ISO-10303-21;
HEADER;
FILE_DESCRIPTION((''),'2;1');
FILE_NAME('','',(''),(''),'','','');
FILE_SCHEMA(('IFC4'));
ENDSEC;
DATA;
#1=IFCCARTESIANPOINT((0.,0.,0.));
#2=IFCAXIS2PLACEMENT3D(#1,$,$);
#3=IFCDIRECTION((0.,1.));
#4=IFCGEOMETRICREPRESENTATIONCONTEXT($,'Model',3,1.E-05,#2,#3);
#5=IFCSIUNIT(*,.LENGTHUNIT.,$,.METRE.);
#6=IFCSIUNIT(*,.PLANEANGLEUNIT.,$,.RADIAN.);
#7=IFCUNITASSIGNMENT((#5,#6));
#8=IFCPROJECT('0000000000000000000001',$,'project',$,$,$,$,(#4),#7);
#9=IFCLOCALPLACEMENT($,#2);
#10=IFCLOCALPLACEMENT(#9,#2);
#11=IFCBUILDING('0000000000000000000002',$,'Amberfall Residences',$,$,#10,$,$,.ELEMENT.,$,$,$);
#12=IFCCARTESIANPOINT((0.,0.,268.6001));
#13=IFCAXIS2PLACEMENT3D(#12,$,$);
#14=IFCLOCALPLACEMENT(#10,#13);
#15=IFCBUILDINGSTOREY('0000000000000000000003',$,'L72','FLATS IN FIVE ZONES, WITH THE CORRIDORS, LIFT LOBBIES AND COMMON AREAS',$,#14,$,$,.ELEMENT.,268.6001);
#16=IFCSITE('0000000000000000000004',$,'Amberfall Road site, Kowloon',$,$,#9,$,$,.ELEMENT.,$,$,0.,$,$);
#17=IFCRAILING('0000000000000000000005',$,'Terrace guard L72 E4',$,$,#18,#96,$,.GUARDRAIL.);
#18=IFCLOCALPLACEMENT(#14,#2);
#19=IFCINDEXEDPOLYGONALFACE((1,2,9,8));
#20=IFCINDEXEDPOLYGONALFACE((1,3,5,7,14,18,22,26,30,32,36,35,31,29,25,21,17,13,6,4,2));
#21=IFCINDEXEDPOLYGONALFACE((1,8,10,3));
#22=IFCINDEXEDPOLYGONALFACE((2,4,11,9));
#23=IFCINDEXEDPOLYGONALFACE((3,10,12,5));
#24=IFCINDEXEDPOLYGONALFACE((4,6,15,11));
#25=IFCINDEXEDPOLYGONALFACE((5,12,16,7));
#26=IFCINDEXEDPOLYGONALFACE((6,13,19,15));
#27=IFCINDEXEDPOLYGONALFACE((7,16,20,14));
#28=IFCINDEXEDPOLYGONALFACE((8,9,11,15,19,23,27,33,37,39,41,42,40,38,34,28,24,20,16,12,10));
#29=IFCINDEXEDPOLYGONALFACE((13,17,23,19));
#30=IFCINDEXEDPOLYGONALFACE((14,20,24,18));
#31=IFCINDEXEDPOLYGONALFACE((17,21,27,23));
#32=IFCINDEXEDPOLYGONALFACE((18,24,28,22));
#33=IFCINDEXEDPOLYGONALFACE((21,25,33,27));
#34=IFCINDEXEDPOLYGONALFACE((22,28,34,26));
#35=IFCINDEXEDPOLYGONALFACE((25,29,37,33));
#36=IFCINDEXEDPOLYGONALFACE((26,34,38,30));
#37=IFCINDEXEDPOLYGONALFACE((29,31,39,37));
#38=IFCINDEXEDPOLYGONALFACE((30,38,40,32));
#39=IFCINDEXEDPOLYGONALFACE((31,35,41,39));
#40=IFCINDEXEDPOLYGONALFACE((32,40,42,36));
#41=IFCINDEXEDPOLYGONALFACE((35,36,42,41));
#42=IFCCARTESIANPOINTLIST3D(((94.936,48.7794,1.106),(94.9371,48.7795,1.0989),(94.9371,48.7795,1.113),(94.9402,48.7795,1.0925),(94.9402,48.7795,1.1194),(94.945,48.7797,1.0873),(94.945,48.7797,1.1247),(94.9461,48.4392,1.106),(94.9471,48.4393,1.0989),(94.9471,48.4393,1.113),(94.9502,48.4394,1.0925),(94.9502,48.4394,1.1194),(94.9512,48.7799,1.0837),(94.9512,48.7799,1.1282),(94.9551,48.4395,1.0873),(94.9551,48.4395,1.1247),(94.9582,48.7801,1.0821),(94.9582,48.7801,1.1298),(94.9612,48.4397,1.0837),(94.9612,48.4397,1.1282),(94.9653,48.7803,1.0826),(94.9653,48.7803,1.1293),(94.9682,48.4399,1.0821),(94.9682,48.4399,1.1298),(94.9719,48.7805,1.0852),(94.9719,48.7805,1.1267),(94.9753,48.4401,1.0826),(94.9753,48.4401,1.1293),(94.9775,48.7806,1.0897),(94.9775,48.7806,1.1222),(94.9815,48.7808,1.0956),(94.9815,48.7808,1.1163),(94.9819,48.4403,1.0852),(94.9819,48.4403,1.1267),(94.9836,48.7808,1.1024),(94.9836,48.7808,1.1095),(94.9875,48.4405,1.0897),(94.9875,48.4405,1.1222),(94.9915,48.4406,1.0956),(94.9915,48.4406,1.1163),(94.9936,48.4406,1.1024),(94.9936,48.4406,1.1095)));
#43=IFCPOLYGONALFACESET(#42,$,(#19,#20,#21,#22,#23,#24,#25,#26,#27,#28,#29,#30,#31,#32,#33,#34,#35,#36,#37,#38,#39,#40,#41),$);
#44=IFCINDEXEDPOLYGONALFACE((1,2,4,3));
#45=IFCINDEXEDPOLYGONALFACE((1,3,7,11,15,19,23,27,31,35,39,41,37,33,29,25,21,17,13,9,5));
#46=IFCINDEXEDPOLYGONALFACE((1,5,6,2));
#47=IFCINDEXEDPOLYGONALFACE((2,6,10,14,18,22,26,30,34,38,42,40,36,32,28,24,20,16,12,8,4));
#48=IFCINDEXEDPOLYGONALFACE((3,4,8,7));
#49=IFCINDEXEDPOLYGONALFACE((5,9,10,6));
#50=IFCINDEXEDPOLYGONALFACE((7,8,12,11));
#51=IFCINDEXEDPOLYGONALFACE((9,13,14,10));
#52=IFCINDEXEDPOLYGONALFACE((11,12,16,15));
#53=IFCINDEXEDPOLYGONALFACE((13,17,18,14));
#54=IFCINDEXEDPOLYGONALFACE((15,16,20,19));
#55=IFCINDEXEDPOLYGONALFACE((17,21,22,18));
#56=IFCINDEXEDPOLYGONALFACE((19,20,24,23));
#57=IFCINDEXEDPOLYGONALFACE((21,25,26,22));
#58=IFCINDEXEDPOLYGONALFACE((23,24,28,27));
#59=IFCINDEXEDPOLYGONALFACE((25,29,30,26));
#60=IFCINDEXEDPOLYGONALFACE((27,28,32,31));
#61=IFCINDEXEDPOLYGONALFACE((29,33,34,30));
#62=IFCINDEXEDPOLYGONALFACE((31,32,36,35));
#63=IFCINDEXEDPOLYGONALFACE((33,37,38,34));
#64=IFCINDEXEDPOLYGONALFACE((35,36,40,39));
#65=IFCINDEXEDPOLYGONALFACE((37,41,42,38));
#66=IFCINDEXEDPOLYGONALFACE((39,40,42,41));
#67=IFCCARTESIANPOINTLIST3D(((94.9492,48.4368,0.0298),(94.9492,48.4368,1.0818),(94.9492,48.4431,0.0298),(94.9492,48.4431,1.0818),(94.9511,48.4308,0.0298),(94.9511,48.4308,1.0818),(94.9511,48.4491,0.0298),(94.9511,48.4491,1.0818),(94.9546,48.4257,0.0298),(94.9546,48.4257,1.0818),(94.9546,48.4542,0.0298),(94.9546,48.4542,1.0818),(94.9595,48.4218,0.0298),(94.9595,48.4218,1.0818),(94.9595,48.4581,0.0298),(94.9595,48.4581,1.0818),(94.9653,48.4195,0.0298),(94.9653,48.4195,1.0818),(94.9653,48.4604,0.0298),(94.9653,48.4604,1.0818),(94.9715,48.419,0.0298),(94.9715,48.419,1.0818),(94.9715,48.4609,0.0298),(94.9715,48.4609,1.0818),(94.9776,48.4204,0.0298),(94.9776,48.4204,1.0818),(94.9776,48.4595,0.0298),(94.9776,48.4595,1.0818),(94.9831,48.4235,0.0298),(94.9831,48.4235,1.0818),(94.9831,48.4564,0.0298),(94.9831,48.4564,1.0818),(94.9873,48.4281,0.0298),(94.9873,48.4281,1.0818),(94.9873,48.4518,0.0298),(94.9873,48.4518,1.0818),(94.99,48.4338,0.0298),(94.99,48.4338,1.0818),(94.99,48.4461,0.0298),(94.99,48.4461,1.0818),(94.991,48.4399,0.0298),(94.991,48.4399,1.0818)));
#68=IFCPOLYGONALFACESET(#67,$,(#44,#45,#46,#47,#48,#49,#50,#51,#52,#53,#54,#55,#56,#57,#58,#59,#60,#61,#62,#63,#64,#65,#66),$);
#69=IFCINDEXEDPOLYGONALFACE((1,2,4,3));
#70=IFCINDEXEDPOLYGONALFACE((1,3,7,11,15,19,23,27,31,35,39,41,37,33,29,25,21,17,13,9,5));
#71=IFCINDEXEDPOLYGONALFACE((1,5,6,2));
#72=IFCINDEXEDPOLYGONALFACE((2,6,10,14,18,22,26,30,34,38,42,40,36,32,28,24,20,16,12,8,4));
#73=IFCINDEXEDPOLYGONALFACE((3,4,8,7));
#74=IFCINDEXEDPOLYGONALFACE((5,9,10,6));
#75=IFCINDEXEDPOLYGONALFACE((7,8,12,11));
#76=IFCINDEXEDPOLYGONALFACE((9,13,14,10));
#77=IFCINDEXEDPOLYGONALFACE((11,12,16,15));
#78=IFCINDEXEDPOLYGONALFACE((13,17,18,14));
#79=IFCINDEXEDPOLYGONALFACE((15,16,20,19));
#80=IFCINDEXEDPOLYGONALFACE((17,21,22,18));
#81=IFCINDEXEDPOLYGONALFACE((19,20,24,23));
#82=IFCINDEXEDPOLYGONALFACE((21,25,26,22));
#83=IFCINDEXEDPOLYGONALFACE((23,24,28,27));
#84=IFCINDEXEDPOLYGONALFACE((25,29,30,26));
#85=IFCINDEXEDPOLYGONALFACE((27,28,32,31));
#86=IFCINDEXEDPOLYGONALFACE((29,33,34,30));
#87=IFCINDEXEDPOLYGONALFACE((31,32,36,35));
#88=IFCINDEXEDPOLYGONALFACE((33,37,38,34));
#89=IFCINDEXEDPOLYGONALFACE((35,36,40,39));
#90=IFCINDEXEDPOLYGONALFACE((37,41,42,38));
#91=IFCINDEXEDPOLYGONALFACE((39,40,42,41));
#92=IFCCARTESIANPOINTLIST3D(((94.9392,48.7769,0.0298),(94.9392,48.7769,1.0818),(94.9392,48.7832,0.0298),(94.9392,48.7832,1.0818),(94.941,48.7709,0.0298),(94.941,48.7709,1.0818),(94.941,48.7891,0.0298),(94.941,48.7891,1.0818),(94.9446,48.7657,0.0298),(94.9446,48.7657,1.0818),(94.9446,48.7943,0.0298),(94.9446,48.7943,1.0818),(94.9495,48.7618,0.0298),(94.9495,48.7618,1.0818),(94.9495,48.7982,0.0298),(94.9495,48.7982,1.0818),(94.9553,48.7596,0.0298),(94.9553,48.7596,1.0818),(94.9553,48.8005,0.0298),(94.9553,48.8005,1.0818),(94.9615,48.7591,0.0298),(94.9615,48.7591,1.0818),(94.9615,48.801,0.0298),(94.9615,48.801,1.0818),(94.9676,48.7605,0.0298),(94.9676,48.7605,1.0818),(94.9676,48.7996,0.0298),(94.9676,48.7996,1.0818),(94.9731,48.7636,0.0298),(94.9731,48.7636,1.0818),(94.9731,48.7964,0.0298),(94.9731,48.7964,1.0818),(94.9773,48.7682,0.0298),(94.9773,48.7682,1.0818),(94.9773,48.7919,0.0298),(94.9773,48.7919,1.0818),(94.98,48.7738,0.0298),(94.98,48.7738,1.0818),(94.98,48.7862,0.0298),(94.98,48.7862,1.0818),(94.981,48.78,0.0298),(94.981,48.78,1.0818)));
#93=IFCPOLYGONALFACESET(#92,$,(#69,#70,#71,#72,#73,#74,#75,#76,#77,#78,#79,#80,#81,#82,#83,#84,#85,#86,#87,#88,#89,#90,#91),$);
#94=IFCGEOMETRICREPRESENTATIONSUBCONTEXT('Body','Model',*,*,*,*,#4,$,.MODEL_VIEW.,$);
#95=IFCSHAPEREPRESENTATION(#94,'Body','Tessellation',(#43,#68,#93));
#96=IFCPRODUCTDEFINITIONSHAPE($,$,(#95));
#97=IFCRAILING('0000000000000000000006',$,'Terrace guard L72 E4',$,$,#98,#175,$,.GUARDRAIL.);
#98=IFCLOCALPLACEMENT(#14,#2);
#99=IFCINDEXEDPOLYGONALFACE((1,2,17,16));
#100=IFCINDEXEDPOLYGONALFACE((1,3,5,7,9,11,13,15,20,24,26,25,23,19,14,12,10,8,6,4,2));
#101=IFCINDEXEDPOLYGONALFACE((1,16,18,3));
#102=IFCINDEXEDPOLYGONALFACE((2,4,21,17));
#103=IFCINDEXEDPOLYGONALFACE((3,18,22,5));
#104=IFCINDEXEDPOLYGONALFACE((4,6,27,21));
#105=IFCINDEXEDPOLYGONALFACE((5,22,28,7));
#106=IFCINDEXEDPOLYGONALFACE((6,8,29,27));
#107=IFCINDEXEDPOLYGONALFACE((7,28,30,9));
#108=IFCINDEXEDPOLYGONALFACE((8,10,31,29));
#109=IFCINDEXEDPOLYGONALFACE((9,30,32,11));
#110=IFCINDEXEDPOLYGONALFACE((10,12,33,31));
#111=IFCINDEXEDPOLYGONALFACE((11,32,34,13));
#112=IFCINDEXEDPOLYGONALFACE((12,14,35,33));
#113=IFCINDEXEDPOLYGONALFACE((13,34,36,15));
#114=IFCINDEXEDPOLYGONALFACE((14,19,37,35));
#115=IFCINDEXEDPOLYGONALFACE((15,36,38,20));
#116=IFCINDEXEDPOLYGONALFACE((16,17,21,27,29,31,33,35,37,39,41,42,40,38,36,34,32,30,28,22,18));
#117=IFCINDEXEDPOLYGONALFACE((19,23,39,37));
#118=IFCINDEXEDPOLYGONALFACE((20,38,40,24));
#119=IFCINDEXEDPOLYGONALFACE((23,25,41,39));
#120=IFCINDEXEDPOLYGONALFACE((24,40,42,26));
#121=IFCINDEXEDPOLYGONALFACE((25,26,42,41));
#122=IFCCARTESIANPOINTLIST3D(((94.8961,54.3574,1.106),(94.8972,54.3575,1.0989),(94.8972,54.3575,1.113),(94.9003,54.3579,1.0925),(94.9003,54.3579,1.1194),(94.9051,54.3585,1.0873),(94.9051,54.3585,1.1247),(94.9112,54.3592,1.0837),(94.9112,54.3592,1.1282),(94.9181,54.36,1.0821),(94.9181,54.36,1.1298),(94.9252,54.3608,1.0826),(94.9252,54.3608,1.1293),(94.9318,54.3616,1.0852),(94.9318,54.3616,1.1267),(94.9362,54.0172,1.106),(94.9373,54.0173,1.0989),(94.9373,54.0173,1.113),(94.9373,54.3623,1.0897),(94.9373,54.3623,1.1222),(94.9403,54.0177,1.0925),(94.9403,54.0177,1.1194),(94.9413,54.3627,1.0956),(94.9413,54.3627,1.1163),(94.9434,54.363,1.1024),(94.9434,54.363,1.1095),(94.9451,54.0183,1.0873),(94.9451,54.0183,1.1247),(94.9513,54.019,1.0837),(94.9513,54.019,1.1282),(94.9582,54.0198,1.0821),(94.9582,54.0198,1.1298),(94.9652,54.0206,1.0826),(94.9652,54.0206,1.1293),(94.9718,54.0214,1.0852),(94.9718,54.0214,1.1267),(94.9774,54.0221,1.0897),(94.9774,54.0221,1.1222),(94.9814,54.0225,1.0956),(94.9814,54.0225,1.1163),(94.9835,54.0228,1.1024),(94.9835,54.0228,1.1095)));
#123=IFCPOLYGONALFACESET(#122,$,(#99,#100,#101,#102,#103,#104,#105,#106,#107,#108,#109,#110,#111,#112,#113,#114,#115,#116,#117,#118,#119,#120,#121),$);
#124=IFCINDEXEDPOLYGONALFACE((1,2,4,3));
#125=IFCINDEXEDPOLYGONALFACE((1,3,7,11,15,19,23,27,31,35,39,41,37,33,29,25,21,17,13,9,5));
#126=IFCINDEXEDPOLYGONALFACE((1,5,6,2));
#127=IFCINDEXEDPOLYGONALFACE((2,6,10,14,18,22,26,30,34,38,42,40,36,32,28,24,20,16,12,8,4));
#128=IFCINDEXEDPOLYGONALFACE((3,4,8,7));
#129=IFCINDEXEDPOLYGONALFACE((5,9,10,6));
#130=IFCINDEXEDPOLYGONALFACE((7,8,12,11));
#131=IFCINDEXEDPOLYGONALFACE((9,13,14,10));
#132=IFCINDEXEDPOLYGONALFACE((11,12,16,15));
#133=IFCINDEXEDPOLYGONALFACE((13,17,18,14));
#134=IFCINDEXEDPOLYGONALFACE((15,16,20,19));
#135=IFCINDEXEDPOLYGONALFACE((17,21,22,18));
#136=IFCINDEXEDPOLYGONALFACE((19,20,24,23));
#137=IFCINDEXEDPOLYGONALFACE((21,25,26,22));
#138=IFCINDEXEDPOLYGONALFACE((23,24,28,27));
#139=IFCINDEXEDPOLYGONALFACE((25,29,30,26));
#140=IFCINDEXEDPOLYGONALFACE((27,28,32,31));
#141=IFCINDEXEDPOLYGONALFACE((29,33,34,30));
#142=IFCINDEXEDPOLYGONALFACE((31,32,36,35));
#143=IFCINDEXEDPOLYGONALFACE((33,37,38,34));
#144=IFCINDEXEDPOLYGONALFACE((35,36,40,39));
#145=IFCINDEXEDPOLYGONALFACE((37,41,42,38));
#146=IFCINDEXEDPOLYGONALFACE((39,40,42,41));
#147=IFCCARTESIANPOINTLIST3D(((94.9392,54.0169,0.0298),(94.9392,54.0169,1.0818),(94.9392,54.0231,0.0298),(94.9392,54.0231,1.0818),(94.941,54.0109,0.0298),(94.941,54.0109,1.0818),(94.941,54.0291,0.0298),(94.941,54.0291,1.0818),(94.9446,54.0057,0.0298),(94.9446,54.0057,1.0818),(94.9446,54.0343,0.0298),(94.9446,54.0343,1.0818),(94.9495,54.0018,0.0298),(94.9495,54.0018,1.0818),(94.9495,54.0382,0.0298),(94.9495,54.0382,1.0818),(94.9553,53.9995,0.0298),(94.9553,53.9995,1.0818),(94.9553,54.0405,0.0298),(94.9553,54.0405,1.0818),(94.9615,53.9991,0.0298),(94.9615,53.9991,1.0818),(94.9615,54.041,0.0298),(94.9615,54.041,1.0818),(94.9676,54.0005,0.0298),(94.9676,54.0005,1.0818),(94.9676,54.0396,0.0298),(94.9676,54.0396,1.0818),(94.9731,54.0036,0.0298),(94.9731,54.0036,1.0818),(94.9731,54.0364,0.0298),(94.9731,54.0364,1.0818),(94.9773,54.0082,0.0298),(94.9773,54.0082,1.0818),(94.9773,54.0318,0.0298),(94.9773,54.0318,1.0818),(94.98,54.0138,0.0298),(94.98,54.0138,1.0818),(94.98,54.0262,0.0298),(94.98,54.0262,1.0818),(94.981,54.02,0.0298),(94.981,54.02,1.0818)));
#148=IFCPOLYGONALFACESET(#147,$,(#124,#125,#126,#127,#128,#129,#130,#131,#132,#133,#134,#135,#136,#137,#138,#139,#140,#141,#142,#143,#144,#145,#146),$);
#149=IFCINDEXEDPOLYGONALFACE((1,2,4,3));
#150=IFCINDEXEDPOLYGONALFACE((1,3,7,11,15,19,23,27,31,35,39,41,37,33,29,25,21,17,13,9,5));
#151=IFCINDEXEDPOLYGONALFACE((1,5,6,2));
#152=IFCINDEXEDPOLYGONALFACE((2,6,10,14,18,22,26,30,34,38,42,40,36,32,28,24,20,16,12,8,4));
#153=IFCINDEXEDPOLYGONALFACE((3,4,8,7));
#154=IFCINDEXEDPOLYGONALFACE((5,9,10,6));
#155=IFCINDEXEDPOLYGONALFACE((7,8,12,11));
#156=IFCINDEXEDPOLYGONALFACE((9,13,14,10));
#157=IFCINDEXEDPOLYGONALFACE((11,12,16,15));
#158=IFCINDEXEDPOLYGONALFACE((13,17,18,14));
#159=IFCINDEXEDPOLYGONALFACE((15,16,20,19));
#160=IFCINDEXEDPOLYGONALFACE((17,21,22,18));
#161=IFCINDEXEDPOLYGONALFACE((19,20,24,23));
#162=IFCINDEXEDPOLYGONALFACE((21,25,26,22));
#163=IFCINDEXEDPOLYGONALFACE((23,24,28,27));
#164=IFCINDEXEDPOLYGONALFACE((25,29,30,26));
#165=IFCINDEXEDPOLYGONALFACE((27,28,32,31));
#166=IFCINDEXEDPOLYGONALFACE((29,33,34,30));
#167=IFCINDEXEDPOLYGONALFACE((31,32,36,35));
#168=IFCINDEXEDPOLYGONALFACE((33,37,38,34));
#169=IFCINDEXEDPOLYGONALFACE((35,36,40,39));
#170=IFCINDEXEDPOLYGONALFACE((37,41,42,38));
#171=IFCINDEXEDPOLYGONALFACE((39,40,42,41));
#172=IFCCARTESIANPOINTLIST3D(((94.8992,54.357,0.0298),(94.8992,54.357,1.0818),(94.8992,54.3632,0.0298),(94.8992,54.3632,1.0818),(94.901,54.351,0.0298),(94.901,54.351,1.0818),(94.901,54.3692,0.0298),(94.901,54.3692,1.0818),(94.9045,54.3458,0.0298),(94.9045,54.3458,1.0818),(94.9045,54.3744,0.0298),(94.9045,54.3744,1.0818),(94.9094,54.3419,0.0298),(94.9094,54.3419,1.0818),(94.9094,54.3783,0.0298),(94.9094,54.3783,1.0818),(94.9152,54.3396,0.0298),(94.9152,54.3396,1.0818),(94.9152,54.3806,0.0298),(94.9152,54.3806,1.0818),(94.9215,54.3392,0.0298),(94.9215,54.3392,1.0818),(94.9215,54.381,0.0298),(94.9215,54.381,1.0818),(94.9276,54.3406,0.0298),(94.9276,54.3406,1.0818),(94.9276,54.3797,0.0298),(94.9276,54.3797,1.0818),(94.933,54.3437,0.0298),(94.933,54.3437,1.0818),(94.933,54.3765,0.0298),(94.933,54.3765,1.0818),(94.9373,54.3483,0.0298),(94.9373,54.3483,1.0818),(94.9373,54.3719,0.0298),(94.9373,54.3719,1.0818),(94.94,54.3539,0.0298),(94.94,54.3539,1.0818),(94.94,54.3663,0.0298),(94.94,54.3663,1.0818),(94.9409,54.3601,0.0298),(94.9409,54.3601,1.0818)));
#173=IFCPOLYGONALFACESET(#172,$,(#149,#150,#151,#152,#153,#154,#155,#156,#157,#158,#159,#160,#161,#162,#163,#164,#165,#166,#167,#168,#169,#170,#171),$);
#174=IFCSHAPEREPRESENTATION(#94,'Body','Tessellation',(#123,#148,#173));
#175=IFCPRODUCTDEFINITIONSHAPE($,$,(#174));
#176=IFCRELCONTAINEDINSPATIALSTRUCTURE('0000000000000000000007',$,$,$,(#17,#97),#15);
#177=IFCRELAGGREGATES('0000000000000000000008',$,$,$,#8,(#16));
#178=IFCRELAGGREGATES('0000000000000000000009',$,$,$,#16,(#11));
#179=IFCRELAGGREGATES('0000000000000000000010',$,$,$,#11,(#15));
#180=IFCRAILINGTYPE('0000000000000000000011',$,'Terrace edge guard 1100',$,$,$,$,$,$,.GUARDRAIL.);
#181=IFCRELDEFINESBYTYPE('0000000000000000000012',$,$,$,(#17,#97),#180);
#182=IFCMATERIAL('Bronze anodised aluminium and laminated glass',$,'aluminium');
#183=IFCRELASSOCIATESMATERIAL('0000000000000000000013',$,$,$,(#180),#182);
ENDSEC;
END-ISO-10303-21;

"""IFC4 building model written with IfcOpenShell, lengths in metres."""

from ifc_helpers import new_model, si_unit, direction, frame, origin, origin_2d, place, context, subcontext, project, spatial, circle, extrude, material, type_object, element, save


model = new_model("IFC4")

# Units and contexts
model_context = context("Model", 3, precision=1e-05, world=origin(), true_north=direction((0.0, 1.0)))
body_context = subcontext(model_context, "Body", "Model", "MODEL_VIEW")
ifc_project = project(units=[si_unit("LENGTHUNIT", "METRE"), si_unit("PLANEANGLEUNIT", "RADIAN")], contexts=[model_context])

# Site, building, storey
site_placement = place(None, origin())
site = spatial("IfcSite", under=ifc_project, at=site_placement, Name="Amberfall Road site, Kowloon", CompositionType="ELEMENT", RefElevation=0.0)
building_placement = place(site_placement, origin())
building = spatial("IfcBuilding", under=site, at=building_placement, Name="Amberfall Residences", CompositionType="ELEMENT")
storey_placement = place(building_placement, frame((0.0, 0.0, 268.6001)))
storey = spatial("IfcBuildingStorey", under=building, at=storey_placement, Name="L72", Description="FLATS IN FIVE ZONES, WITH THE CORRIDORS, LIFT LOBBIES AND COMMON AREAS", CompositionType="ELEMENT", Elevation=268.6001)

# Railings
ifc_material_1 = material(Name="Bronze anodised aluminium and laminated glass", Category="aluminium")
railing_type = type_object("IfcRailingType", Name="Terrace edge guard 1100", PredefinedType="GUARDRAIL", material=ifc_material_1)
railing_1_placement = place(storey_placement, frame((94.97, 48.4399, 0.0298)))
element("IfcRailing", 1, at=railing_1_placement, inside=storey, type_object=railing_type, Name="Terrace guard L72 E4", PredefinedType="GUARDRAIL", context=body_context, shape_type="SweptSolid", body=[
    extrude(circle(Radius=0.0239, at=origin_2d()), frame((0.0, 0.0, 1.0762), z_axis=(-0.02942, 0.999567, 0.0), x_axis=(-0.999567, -0.02942, 0.0)), (0.0, 0.0, 1.0), 0.3403),
    extrude(circle(Radius=0.021, at=origin_2d()), origin(), (0.0, 0.0, 1.0), 1.052),
    extrude(circle(Radius=0.021, at=origin_2d()), frame((-0.01, 0.3401, 0.0)), (0.0, 0.0, 1.0), 1.052),
])
railing_2_placement = place(storey_placement, frame((94.96, 54.02, 0.0298)))
element("IfcRailing", 2, at=railing_2_placement, inside=storey, type_object=railing_type, Name="Terrace guard L72 E4", PredefinedType="GUARDRAIL", context=body_context, shape_type="SweptSolid", body=[
    extrude(circle(Radius=0.0239, at=origin_2d()), frame((0.0, 0.0, 1.0762), z_axis=(-0.116924, 0.993141, 0.0), x_axis=(-0.993141, -0.116924, 0.0)), (0.0, 0.0, 1.0), 0.3425),
    extrude(circle(Radius=0.021, at=origin_2d()), origin(), (0.0, 0.0, 1.0), 1.052),
    extrude(circle(Radius=0.021, at=origin_2d()), frame((-0.04, 0.3401, 0.0)), (0.0, 0.0, 1.0), 1.052),
])

save(model, "model.ifc")
